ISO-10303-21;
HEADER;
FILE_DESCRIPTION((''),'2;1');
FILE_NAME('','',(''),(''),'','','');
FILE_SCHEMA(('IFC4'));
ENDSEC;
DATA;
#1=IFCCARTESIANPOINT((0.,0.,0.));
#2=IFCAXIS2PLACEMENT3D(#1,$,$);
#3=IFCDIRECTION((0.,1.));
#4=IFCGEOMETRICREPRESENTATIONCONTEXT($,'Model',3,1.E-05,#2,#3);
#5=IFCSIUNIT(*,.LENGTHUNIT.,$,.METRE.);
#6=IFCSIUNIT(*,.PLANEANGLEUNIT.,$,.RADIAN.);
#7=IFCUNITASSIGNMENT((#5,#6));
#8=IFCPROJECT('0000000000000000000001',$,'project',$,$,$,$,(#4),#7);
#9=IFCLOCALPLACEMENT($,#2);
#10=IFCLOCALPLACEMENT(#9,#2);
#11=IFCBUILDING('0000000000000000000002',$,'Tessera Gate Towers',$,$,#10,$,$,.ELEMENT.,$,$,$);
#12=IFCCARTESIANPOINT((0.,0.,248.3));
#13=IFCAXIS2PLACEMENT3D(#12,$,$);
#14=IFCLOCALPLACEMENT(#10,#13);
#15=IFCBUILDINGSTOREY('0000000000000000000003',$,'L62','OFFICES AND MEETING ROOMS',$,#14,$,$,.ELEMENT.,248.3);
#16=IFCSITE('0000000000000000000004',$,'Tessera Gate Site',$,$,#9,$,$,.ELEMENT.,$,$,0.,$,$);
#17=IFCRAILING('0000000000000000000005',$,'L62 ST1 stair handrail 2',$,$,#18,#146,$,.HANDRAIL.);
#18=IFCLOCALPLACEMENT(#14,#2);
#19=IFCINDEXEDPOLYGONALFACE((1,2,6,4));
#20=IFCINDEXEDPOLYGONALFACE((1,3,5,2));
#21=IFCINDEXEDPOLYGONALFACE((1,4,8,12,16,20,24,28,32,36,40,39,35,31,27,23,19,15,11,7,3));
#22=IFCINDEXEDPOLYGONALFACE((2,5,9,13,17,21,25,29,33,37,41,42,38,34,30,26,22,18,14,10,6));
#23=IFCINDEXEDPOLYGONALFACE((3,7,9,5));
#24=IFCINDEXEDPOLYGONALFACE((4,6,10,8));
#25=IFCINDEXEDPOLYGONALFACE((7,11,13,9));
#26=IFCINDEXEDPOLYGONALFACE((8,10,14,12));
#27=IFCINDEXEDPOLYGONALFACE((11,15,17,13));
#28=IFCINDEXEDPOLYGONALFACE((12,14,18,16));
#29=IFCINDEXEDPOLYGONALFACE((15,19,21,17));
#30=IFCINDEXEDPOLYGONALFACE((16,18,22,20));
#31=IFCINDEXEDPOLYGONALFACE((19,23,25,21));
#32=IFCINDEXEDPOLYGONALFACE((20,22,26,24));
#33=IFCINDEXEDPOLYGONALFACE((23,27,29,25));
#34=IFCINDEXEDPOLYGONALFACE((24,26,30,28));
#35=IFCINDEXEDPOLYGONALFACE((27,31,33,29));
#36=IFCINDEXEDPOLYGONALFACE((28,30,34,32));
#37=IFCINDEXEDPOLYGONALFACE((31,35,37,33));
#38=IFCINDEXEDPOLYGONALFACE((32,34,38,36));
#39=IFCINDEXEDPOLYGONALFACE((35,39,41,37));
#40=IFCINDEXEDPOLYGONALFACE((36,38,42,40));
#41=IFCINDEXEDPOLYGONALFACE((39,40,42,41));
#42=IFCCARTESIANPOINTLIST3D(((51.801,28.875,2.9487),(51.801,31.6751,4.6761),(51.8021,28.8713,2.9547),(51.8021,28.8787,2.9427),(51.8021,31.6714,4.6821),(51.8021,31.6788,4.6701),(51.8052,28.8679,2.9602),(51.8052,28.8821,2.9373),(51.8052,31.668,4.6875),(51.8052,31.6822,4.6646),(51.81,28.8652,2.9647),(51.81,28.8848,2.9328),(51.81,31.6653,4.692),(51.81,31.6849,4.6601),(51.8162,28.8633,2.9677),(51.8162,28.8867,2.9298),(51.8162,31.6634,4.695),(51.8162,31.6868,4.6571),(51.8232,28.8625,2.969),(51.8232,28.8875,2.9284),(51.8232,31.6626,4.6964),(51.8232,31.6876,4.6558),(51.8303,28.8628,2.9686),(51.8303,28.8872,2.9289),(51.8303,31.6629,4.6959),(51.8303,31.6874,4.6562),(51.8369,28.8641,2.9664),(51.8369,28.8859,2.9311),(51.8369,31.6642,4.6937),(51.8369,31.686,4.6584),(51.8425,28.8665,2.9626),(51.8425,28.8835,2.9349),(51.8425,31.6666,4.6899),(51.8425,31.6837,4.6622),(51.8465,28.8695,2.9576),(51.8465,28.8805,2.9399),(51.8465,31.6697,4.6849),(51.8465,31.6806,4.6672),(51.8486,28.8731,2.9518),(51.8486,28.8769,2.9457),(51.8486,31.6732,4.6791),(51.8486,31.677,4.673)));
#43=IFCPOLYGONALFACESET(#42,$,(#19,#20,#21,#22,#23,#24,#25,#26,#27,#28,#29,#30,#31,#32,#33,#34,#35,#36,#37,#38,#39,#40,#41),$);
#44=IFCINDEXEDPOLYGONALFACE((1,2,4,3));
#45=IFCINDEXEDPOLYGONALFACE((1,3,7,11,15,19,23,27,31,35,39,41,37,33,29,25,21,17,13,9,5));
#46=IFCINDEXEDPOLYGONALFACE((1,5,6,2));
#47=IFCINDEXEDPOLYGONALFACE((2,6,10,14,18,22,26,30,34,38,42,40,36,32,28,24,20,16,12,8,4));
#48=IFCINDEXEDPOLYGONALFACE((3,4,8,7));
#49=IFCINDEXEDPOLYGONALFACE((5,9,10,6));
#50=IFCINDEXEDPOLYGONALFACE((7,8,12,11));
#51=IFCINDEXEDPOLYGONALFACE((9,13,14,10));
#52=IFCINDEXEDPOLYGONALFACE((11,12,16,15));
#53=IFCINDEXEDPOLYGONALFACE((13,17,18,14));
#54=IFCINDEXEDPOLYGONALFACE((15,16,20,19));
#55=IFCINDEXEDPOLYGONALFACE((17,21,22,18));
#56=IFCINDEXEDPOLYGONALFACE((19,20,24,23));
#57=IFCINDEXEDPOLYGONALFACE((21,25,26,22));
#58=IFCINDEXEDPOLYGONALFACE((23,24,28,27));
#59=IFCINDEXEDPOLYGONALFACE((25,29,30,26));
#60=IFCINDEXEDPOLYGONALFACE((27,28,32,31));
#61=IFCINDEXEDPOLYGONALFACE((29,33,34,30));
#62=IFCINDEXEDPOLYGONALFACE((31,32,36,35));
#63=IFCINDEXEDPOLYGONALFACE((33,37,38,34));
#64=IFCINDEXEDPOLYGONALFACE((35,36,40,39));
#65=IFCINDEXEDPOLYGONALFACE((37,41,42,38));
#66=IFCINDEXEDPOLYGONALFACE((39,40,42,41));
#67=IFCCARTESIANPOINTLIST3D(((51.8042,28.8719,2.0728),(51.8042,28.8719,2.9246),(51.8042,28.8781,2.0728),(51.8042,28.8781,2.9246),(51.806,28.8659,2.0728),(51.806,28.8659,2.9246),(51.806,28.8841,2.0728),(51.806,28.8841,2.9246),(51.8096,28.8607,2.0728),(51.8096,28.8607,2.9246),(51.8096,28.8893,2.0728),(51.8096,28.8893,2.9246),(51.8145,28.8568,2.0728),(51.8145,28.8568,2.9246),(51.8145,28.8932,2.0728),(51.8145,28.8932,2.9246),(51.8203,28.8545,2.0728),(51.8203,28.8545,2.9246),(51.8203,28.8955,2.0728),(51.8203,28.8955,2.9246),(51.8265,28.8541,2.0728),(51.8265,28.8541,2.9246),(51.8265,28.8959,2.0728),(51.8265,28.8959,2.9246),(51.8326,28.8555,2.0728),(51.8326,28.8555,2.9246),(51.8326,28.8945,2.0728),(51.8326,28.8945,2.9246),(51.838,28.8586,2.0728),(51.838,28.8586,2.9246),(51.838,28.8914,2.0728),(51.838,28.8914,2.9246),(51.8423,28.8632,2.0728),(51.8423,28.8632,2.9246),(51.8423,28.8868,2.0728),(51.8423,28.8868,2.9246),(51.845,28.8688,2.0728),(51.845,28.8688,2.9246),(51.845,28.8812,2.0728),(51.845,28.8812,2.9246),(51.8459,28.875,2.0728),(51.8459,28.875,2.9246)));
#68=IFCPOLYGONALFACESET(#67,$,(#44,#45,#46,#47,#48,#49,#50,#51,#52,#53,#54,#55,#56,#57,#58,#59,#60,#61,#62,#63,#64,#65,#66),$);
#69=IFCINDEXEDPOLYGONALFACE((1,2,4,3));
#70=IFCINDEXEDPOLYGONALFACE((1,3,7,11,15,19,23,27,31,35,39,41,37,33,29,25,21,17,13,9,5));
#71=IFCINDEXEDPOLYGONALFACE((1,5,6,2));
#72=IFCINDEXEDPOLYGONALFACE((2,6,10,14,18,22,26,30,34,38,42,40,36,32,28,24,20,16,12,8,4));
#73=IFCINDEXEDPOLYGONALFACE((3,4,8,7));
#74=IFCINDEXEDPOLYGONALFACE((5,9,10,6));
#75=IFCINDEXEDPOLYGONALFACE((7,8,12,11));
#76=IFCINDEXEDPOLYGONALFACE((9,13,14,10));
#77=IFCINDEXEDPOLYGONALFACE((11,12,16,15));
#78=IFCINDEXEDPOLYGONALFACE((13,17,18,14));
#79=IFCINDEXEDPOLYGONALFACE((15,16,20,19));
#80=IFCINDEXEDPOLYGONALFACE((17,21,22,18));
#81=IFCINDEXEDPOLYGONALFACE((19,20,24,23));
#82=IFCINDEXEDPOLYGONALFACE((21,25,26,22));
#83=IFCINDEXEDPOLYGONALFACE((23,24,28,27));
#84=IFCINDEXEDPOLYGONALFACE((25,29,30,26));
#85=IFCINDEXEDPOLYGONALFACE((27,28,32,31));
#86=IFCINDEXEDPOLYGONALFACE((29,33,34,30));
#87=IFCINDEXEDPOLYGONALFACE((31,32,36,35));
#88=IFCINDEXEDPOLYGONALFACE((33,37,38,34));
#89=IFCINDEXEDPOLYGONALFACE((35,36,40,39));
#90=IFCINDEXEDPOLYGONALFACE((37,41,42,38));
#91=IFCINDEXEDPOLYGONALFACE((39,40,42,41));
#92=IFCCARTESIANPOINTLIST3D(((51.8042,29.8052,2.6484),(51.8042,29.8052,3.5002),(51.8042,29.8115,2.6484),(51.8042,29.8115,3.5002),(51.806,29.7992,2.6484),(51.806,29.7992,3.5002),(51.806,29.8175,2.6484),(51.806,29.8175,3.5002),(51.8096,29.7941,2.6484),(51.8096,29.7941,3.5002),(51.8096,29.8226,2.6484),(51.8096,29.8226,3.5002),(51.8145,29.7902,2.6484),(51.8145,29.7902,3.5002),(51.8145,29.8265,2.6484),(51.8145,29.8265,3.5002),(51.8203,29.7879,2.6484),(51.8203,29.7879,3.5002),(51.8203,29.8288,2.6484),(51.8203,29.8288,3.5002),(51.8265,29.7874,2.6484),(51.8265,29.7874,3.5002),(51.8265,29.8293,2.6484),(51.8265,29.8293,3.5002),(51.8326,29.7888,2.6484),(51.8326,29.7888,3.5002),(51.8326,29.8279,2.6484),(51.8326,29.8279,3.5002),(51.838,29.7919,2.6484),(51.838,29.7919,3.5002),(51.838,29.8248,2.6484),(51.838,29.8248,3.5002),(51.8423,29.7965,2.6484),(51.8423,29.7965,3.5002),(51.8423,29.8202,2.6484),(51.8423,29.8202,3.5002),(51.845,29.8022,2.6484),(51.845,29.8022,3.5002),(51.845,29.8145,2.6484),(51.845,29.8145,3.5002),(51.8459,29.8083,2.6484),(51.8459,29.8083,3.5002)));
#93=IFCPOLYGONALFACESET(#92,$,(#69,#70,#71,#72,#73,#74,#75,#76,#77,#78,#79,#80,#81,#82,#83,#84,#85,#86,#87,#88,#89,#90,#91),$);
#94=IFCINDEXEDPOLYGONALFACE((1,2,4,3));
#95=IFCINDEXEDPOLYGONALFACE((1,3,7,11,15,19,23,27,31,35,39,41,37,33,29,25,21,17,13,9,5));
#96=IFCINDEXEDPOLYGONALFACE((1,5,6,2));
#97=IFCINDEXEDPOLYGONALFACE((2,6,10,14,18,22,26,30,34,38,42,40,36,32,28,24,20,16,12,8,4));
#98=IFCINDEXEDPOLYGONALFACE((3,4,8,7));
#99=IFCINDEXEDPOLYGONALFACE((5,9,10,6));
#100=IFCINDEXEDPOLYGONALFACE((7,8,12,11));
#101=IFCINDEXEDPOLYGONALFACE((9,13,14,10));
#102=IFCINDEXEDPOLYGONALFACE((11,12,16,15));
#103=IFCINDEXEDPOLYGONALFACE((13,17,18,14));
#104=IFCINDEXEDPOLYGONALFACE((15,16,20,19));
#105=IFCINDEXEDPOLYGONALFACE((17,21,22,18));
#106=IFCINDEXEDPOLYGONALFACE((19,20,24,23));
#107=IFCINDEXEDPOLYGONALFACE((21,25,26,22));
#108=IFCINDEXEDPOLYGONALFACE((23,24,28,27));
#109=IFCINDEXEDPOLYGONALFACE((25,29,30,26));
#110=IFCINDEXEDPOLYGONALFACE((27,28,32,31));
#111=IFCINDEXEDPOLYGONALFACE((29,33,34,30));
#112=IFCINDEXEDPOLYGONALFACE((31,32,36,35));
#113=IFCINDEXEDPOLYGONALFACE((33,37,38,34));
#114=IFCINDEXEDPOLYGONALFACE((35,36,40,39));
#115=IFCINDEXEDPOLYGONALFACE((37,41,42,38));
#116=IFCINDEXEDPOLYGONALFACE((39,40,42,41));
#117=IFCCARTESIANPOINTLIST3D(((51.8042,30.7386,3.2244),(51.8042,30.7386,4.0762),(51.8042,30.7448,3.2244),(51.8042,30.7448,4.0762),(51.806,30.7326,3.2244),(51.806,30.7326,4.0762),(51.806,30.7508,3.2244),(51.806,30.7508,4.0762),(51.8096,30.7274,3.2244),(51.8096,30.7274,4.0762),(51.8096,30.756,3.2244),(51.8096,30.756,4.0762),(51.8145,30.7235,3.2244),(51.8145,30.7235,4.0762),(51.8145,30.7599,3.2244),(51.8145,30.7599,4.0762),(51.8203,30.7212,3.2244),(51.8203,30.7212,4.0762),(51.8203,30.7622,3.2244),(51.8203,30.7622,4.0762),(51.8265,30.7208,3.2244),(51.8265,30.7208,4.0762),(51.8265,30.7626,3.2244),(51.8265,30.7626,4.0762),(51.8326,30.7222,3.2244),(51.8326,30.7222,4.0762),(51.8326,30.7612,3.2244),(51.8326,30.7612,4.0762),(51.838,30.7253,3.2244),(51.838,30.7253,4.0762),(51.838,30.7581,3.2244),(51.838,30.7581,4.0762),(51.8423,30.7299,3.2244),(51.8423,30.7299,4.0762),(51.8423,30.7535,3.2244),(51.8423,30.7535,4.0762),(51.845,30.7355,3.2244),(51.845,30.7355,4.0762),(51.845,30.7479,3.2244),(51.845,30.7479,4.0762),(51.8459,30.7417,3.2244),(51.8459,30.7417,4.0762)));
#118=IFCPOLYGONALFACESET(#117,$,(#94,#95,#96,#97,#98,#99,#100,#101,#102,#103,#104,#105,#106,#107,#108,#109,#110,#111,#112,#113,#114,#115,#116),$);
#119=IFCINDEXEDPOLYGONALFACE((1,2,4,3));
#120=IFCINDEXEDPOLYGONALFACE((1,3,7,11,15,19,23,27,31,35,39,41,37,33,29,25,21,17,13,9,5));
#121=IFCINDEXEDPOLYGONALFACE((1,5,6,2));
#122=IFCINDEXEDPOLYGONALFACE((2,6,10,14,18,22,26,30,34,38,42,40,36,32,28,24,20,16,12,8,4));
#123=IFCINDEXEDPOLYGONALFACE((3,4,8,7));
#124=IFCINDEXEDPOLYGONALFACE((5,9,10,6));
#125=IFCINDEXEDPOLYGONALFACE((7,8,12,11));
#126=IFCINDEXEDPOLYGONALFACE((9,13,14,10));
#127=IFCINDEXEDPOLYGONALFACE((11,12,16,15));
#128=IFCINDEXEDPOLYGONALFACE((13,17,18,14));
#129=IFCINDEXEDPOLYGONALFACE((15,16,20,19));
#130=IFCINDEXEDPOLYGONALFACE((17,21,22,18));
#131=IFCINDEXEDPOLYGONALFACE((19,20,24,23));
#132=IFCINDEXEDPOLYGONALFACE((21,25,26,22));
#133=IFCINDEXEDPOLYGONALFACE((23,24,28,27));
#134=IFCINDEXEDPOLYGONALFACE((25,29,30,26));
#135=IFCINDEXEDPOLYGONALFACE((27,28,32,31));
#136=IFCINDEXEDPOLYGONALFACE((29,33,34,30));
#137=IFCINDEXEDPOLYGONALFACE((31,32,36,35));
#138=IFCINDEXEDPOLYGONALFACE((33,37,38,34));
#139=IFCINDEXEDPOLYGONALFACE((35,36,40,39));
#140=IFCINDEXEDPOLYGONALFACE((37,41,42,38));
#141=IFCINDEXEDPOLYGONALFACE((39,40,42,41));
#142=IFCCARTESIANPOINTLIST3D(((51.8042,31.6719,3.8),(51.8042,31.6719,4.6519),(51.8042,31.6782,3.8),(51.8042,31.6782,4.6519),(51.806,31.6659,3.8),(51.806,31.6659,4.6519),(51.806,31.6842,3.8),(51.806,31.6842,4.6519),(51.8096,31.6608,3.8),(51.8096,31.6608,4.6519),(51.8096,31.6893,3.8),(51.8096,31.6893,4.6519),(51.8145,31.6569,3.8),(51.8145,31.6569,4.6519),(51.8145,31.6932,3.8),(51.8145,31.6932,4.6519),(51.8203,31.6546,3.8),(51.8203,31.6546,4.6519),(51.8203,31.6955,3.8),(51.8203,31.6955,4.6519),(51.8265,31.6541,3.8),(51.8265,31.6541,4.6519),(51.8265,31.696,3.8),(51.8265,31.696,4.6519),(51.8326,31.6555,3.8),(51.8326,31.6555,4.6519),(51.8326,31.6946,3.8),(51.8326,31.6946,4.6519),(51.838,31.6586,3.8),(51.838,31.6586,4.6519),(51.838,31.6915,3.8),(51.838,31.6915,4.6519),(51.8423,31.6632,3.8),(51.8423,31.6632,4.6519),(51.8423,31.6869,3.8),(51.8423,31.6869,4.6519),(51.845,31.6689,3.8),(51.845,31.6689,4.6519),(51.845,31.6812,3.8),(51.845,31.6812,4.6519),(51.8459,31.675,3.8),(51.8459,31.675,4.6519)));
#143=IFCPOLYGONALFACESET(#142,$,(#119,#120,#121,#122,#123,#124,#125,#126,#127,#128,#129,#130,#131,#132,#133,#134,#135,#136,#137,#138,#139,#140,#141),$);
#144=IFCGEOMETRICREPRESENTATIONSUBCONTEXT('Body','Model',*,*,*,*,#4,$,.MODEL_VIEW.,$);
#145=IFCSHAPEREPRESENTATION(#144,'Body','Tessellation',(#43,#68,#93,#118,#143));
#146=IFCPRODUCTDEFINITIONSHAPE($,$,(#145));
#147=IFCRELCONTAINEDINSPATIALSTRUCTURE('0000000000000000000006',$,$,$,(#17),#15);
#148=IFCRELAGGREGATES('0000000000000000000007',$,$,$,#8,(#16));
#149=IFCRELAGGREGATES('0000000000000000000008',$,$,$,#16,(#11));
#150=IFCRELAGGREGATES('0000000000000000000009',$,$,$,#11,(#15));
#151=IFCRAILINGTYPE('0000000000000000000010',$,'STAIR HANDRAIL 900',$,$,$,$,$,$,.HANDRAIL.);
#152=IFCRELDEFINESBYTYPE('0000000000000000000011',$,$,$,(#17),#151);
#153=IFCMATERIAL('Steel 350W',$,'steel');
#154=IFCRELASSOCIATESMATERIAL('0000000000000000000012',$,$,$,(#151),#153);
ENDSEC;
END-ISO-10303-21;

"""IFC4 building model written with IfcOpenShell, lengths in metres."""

from ifc_helpers import new_model, si_unit, direction, frame, origin, origin_2d, place, context, subcontext, project, spatial, circle, extrude, material, type_object, element, save


model = new_model("IFC4")

# Units and contexts
model_context = context("Model", 3, precision=1e-05, world=origin(), true_north=direction((0.0, 1.0)))
body_context = subcontext(model_context, "Body", "Model", "MODEL_VIEW")
ifc_project = project(units=[si_unit("LENGTHUNIT", "METRE"), si_unit("PLANEANGLEUNIT", "RADIAN")], contexts=[model_context])

# Site, building, storey
site_placement = place(None, origin())
site = spatial("IfcSite", under=ifc_project, at=site_placement, Name="Tessera Gate Site", CompositionType="ELEMENT", RefElevation=0.0)
building_placement = place(site_placement, origin())
building = spatial("IfcBuilding", under=site, at=building_placement, Name="Tessera Gate Towers", CompositionType="ELEMENT")
storey_placement = place(building_placement, frame((0.0, 0.0, 248.3)))
storey = spatial("IfcBuildingStorey", under=building, at=storey_placement, Name="L62", Description="OFFICES AND MEETING ROOMS", CompositionType="ELEMENT", Elevation=248.3)

# Railing
ifc_material_1 = material(Name="Steel 350W", Category="steel")
railing_type_1 = type_object("IfcRailingType", Name="STAIR HANDRAIL 900", PredefinedType="HANDRAIL", material=ifc_material_1)
for number, where, name in (
    (1, (51.825, 28.875, 2.0728), "L62 ST1 stair handrail 2"),
):
    element("IfcRailing", number, at=place(storey_placement, frame(where)), inside=storey, type_object=railing_type_1, Name=name, PredefinedType="HANDRAIL", context=body_context, shape_type="SweptSolid", body=[
        extrude(circle(Radius=0.0239, at=origin_2d()), frame((0.0, 0.0, 0.876), z_axis=(0.0, 0.85109, 0.52502), x_axis=(-1.0, 0.0, 0.0)), (0.0, 0.0, 1.0), 3.29),
        extrude(circle(Radius=0.021, at=origin_2d()), origin(), (0.0, 0.0, 1.0), 0.8518),
        extrude(circle(Radius=0.021, at=origin_2d()), frame((0.0, 0.9333, 0.5757)), (0.0, 0.0, 1.0), 0.8518),
        extrude(circle(Radius=0.021, at=origin_2d()), frame((0.0, 1.8667, 1.1516)), (0.0, 0.0, 1.0), 0.8518),
        extrude(circle(Radius=0.021, at=origin_2d()), frame((0.0, 2.8, 1.7273)), (0.0, 0.0, 1.0), 0.8518),
    ])

save(model, "model.ifc")
